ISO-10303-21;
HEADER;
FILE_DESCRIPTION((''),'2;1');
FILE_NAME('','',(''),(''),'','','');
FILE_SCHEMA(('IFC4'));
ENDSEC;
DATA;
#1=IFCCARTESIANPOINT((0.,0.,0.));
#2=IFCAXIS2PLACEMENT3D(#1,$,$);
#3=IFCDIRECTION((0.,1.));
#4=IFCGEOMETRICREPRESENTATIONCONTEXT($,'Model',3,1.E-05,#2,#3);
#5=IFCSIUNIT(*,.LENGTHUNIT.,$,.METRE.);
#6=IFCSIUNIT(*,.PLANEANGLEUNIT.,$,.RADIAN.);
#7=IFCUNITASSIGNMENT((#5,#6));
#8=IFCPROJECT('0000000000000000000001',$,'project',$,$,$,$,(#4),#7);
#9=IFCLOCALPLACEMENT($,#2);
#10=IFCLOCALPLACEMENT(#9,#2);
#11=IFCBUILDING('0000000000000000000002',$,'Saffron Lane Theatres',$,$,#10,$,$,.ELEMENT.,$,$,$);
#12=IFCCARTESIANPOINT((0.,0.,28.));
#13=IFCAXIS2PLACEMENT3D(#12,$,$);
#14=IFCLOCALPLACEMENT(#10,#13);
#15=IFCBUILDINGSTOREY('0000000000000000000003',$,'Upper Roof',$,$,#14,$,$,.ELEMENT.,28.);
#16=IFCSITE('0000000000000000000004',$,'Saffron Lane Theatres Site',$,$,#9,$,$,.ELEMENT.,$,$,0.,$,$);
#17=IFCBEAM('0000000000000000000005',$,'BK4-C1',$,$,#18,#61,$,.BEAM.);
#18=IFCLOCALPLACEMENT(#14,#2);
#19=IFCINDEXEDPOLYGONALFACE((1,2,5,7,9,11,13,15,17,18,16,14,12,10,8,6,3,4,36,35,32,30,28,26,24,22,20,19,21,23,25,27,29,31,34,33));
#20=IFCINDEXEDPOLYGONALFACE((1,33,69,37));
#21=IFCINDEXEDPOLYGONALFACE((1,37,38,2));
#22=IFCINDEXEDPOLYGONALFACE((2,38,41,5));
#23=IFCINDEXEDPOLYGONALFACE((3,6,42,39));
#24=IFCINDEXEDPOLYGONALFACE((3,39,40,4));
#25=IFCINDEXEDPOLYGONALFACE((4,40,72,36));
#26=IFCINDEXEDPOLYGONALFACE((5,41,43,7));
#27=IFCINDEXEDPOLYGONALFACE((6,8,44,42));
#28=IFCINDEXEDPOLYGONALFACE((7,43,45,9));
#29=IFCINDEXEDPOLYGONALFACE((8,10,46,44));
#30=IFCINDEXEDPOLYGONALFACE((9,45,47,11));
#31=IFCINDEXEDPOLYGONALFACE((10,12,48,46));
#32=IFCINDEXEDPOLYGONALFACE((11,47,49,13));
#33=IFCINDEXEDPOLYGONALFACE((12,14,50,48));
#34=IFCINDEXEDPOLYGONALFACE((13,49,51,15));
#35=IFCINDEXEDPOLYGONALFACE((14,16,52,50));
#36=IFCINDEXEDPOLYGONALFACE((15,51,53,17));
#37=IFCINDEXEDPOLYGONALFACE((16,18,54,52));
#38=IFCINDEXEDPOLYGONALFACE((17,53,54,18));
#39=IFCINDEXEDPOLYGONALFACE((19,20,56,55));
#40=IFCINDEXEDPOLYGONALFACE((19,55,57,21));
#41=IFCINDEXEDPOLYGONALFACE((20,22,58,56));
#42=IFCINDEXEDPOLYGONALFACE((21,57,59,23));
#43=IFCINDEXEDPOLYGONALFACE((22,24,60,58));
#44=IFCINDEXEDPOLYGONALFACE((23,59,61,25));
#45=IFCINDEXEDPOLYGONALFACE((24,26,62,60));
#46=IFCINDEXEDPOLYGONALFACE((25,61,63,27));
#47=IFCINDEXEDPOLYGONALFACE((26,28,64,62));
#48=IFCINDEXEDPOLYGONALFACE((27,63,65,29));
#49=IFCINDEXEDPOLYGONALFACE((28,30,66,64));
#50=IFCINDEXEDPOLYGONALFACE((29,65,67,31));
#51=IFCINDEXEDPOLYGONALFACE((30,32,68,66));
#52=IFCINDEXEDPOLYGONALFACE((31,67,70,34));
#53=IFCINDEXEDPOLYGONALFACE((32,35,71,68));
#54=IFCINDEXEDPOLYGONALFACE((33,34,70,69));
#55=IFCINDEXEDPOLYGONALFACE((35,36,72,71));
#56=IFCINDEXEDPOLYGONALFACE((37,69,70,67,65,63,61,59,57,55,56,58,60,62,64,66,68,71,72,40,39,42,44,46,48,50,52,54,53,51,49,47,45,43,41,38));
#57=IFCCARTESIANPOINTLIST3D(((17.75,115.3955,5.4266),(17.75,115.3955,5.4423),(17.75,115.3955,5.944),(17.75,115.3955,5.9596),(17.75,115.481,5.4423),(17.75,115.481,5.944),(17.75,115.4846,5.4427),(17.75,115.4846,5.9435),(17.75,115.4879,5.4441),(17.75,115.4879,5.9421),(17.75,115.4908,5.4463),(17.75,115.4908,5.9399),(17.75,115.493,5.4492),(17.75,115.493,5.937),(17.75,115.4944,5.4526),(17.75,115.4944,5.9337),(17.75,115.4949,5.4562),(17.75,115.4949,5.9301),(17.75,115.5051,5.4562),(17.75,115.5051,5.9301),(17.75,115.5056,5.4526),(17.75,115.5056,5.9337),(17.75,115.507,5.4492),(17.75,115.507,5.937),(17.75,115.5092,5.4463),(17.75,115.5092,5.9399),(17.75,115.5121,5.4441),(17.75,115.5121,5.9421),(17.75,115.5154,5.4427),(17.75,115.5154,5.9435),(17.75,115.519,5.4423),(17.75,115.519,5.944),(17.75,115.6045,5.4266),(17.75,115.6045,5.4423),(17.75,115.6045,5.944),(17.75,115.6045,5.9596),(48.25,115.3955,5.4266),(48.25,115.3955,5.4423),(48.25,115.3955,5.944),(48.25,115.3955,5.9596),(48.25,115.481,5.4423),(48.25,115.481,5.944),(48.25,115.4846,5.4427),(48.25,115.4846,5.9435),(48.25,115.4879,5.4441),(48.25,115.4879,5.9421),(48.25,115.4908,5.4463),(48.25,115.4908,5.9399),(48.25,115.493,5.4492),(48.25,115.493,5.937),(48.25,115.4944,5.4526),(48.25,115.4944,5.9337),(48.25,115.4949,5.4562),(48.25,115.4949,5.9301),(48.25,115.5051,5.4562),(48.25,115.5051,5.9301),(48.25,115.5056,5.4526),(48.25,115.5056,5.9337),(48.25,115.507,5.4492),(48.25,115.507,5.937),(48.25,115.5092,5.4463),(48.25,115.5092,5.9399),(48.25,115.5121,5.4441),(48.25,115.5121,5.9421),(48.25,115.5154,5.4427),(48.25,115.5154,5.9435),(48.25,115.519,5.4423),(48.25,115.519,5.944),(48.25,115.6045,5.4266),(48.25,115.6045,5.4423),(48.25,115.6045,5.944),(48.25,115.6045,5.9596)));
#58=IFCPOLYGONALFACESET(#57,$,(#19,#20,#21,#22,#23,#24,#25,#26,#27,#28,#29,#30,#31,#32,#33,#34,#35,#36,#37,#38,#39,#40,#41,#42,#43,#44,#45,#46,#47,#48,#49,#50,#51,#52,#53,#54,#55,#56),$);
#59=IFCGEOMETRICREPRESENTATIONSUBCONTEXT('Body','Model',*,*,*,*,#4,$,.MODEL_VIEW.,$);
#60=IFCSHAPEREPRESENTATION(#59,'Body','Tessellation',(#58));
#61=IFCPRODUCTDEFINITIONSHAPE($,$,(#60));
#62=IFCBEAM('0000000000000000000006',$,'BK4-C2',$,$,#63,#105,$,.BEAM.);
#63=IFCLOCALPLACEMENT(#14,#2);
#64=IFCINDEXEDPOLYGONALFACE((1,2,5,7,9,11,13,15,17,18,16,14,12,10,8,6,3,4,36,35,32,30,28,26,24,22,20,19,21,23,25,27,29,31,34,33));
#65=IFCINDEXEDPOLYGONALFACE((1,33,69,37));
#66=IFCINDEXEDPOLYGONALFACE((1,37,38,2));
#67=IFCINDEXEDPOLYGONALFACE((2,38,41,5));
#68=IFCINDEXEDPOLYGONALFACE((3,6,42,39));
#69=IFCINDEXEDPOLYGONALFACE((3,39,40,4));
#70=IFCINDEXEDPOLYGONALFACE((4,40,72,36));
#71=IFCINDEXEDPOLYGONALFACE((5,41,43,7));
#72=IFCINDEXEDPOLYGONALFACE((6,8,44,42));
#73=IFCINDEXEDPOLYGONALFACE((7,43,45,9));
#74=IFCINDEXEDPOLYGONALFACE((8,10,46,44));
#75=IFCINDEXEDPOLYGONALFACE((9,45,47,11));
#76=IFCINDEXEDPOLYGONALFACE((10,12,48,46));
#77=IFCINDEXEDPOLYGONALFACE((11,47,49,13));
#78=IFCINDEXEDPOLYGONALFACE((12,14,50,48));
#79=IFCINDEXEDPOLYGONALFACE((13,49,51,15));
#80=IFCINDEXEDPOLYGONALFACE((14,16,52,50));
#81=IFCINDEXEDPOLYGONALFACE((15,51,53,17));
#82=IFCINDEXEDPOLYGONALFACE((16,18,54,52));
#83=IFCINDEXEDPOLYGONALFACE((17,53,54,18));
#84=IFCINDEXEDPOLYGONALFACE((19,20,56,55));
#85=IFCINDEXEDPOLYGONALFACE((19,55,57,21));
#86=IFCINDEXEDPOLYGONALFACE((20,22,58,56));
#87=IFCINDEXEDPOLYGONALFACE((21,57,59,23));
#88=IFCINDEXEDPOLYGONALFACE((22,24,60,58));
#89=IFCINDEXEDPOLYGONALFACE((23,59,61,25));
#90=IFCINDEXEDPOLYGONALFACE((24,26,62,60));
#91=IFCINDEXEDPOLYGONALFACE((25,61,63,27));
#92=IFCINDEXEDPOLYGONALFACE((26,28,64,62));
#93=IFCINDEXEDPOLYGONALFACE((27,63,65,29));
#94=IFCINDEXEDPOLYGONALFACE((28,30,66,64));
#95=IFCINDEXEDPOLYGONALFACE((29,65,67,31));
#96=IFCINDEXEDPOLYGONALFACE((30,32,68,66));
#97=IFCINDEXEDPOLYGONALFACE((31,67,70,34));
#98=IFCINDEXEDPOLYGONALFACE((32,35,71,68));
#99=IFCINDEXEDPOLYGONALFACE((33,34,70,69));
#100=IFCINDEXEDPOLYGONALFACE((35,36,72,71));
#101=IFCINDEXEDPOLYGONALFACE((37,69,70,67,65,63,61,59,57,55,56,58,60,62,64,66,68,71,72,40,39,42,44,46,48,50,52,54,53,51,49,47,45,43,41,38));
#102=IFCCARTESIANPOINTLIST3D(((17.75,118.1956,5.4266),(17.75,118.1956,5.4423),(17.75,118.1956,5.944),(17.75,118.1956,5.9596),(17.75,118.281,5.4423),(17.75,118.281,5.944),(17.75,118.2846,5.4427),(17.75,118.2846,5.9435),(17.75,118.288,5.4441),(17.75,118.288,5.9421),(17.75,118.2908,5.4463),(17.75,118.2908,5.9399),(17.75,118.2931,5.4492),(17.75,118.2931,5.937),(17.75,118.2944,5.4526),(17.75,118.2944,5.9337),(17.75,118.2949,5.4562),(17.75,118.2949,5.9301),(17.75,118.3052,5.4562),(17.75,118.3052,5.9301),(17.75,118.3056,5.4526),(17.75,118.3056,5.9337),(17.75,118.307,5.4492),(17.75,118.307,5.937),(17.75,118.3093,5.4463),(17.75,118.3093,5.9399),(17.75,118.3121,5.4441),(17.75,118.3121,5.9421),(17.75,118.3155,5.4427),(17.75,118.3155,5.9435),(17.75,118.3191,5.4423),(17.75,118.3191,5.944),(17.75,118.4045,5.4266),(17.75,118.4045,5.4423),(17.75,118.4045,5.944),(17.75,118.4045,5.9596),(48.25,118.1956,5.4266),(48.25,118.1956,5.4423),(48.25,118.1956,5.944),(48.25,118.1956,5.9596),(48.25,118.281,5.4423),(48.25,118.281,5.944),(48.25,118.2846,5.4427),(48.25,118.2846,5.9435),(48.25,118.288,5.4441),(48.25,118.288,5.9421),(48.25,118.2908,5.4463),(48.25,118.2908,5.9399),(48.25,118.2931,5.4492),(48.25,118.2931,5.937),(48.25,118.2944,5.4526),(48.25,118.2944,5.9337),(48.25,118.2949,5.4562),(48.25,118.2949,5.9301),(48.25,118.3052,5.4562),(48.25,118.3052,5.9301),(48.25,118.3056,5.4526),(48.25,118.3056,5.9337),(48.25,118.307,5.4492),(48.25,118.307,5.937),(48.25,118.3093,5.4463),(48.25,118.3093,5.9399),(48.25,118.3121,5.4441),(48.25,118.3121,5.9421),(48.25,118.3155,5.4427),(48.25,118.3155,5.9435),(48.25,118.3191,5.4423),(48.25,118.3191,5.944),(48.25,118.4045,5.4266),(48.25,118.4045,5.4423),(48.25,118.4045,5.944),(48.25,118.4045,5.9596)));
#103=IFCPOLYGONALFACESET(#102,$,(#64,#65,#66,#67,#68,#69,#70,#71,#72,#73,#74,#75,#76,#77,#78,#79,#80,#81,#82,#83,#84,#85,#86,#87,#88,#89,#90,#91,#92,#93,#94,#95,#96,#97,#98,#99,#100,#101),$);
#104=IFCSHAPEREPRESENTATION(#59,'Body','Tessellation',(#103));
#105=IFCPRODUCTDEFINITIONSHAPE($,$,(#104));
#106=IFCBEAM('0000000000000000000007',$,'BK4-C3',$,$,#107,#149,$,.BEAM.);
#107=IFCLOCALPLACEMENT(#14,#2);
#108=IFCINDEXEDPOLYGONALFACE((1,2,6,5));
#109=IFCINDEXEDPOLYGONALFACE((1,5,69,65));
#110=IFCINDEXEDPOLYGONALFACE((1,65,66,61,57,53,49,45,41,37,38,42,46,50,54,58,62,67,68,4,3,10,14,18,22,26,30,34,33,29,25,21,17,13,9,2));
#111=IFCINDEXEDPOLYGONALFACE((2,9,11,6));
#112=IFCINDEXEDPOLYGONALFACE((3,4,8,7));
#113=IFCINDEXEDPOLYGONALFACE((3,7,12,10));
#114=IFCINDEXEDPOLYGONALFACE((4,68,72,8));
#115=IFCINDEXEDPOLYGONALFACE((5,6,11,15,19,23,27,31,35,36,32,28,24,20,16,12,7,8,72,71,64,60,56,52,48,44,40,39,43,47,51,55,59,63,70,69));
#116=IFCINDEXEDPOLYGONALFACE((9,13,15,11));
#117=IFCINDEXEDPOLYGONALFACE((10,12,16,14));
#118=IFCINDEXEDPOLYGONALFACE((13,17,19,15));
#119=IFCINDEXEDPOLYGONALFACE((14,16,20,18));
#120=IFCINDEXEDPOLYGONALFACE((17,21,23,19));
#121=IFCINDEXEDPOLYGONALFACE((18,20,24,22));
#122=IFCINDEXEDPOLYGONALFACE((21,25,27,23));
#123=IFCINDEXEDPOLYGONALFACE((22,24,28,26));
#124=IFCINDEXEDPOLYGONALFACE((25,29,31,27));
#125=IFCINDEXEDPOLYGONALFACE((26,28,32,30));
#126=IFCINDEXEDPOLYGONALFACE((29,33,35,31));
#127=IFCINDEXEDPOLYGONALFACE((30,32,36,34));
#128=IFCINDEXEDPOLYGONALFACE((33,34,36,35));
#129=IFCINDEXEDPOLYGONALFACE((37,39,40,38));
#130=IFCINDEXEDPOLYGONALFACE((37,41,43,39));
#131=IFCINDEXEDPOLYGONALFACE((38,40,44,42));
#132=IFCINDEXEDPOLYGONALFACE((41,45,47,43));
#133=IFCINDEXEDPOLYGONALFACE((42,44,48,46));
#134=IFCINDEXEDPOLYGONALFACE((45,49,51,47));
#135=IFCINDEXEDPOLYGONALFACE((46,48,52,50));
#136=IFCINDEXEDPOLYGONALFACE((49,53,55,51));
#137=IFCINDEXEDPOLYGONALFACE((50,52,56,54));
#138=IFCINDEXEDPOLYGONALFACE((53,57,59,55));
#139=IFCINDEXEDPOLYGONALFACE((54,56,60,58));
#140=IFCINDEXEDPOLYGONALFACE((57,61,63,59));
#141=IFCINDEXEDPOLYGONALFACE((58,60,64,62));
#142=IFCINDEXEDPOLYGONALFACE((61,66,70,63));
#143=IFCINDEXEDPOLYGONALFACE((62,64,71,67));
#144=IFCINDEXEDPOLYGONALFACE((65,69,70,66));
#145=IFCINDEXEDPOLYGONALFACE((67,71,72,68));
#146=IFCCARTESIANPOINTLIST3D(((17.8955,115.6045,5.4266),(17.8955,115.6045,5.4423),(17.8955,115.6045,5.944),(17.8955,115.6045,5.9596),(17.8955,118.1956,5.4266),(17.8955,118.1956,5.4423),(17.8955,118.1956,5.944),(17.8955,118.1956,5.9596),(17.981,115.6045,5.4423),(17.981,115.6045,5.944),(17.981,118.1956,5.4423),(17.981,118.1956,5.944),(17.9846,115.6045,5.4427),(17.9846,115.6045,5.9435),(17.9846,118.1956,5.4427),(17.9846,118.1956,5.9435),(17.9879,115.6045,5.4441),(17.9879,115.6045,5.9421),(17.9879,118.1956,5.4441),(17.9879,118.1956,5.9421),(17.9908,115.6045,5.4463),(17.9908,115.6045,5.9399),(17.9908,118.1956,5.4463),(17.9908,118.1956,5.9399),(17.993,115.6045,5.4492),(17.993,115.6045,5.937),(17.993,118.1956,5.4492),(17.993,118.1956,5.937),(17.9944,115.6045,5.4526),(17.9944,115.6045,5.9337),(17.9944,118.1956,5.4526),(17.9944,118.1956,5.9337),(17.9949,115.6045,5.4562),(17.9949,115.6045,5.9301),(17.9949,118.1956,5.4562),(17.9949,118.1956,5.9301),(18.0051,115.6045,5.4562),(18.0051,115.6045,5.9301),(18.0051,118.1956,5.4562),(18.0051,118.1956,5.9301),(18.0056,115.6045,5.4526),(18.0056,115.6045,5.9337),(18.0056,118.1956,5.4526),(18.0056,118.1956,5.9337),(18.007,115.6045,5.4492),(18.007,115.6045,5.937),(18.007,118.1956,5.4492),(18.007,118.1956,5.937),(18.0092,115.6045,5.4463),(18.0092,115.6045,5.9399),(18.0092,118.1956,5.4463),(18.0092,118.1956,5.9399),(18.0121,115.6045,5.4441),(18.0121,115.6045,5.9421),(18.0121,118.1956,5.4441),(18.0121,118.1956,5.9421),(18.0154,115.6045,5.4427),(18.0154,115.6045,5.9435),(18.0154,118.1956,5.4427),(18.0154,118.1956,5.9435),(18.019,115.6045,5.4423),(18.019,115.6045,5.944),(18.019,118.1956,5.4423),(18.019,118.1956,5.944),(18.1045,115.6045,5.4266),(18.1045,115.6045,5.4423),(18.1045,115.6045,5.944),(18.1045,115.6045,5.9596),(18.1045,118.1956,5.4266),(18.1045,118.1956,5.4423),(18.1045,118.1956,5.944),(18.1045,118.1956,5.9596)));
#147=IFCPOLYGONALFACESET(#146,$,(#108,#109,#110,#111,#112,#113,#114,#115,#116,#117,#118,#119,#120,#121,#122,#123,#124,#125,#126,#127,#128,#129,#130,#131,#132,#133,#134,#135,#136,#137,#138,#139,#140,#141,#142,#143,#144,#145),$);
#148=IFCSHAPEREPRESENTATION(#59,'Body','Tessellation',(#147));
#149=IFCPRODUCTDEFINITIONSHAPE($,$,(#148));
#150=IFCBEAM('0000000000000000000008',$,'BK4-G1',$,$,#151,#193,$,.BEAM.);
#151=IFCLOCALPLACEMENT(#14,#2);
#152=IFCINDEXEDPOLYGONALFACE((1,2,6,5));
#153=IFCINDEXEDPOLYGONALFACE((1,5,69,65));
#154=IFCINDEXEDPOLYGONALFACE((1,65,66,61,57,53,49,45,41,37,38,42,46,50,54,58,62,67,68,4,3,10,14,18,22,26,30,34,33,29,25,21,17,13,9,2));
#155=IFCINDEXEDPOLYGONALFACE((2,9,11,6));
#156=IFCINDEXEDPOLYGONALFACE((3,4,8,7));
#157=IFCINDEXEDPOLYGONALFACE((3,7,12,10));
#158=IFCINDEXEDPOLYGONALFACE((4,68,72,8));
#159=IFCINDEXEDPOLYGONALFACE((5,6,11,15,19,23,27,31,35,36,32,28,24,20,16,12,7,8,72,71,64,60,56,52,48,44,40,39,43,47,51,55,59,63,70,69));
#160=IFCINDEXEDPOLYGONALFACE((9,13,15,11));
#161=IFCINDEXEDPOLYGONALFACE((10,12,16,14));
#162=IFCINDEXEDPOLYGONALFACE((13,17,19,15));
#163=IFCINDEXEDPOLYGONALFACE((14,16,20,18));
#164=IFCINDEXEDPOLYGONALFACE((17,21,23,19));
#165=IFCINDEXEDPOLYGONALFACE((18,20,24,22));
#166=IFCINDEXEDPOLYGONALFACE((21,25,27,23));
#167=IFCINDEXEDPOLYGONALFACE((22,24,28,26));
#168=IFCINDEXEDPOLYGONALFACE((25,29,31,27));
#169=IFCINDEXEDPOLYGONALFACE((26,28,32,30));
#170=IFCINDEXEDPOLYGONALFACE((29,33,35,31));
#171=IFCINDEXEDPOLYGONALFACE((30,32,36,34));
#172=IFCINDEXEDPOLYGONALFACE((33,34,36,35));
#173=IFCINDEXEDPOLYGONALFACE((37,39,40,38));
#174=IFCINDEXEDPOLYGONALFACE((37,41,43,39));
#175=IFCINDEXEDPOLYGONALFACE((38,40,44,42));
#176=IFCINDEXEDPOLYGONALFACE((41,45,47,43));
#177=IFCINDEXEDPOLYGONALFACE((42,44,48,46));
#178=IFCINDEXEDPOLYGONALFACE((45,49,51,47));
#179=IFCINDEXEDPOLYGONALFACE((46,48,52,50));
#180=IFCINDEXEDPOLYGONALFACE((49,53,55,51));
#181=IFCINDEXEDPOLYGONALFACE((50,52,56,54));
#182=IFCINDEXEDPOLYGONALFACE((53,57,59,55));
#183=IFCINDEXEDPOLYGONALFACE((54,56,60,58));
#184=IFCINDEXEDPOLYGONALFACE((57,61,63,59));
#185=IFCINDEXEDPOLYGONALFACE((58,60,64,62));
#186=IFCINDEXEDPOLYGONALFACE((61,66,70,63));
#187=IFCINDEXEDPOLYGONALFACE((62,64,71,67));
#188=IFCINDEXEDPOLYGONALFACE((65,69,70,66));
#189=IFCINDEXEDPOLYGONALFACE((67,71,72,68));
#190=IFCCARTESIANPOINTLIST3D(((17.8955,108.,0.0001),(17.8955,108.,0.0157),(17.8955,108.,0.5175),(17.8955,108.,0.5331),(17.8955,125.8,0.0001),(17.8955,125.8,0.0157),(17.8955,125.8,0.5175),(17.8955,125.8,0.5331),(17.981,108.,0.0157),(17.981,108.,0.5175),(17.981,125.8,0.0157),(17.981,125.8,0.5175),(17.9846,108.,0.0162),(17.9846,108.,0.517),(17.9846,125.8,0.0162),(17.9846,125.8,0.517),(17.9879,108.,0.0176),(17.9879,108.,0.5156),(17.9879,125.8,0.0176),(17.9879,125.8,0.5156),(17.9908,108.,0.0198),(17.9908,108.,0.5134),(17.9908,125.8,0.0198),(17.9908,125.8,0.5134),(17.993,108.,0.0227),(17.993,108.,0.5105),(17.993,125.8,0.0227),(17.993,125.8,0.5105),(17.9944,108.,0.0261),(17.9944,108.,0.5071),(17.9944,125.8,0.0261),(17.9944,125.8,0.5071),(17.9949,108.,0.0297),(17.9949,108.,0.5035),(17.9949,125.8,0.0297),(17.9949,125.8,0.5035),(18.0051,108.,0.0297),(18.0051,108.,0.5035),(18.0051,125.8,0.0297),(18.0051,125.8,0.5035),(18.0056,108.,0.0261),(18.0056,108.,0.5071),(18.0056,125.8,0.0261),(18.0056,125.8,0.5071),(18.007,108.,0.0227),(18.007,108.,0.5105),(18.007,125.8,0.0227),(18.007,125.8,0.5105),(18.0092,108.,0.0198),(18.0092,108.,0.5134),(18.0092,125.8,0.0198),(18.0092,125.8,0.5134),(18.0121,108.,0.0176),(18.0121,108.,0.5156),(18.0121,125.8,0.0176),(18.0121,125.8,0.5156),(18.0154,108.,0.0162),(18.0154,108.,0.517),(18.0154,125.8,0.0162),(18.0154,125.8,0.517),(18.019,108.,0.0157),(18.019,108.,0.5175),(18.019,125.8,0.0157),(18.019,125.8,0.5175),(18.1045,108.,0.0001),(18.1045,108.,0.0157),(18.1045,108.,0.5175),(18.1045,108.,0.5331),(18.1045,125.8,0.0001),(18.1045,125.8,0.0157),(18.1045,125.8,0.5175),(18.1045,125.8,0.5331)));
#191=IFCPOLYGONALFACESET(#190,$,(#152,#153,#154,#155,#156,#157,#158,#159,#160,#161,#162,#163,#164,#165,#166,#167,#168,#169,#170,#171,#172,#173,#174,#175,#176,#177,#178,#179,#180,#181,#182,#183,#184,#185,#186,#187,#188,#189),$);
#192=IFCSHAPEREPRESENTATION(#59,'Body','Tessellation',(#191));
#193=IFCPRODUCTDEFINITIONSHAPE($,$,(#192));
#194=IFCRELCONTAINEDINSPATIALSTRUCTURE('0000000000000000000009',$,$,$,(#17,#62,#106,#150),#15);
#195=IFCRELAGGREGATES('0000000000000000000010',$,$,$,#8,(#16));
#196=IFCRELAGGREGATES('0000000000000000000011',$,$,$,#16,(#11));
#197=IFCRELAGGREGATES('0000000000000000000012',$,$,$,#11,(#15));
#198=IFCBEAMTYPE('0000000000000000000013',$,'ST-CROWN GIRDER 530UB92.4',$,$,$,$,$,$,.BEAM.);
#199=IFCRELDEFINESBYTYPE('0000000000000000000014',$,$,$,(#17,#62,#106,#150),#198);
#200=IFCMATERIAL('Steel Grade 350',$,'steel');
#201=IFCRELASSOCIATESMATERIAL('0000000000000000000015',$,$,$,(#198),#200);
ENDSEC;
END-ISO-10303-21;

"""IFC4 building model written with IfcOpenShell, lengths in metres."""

from ifc_helpers import new_model, si_unit, direction, frame, origin, origin_2d, place, context, subcontext, project, spatial, i_section, extrude, material, material_profile, profile_set, type_object, element, save


model = new_model("IFC4")

# Units and contexts
model_context = context("Model", 3, precision=1e-05, world=origin(), true_north=direction((0.0, 1.0)))
body_context = subcontext(model_context, "Body", "Model", "MODEL_VIEW")
ifc_project = project(units=[si_unit("LENGTHUNIT", "METRE"), si_unit("PLANEANGLEUNIT", "RADIAN")], contexts=[model_context])

# Site, building, storey
site_placement = place(None, origin())
site = spatial("IfcSite", under=ifc_project, at=site_placement, Name="Saffron Lane Theatres Site", CompositionType="ELEMENT", RefElevation=0.0)
building_placement = place(site_placement, origin())
building = spatial("IfcBuilding", under=site, at=building_placement, Name="Saffron Lane Theatres", CompositionType="ELEMENT")
storey_placement = place(building_placement, frame((0.0, 0.0, 28.0)))
storey = spatial("IfcBuildingStorey", under=building, at=storey_placement, Name="Upper Roof", CompositionType="ELEMENT", Elevation=28.0)

# Beams
ifc_material_1 = material(Name="Steel Grade 350", Category="steel")
ifc_material_profile_1 = material_profile(ifc_material_1, i_section(OverallWidth=0.209, OverallDepth=0.533, WebThickness=0.0103, FlangeThickness=0.0156, FilletRadius=0.0139, at=origin_2d()))
ifc_profile_set_1 = profile_set([ifc_material_profile_1], Name="Steel Grade 350")
beam_type = type_object("IfcBeamType", Name="ST-CROWN GIRDER 530UB92.4", PredefinedType="BEAM", material=ifc_profile_set_1)
for number, where, z_axis, x_axis, name in (
    (1, (17.75, 115.5, 5.6931), (1.0, 0.0, 0.0), (0.0, 1.0, 0.0), "BK4-C1"),
    (2, (17.75, 118.3, 5.6931), (1.0, 0.0, 0.0), (0.0, 1.0, 0.0), "BK4-C2"),
):
    element("IfcBeam", number, at=place(storey_placement, frame(where, z_axis=z_axis, x_axis=x_axis)), inside=storey, type_object=beam_type, Name=name, PredefinedType="BEAM", context=body_context, shape_type="SweptSolid", body=[
        extrude(i_section(OverallWidth=0.209, OverallDepth=0.533, WebThickness=0.0103, FlangeThickness=0.0156, FilletRadius=0.0139, at=origin_2d()), origin(), (0.0, 0.0, 1.0), 30.5),
    ])
beam_1_placement = place(storey_placement, frame((18.0, 115.6045, 5.6931), z_axis=(0.0, 1.0, 0.0), x_axis=(-1.0, 0.0, 0.0)))
element("IfcBeam", 3, at=beam_1_placement, inside=storey, type_object=beam_type, Name="BK4-C3", PredefinedType="BEAM", context=body_context, shape_type="SweptSolid", body=[
    extrude(i_section(OverallWidth=0.209, OverallDepth=0.533, WebThickness=0.0103, FlangeThickness=0.0156, FilletRadius=0.0139, at=origin_2d()), origin(), (0.0, 0.0, 1.0), 2.5911),
])
beam_2_placement = place(storey_placement, frame((18.0, 108.0, 0.2666), z_axis=(0.0, 1.0, 0.0), x_axis=(-1.0, 0.0, 0.0)))
element("IfcBeam", 4, at=beam_2_placement, inside=storey, type_object=beam_type, Name="BK4-G1", PredefinedType="BEAM", context=body_context, shape_type="SweptSolid", body=[
    extrude(i_section(OverallWidth=0.209, OverallDepth=0.533, WebThickness=0.0103, FlangeThickness=0.0156, FilletRadius=0.0139, at=origin_2d()), origin(), (0.0, 0.0, 1.0), 17.8),
])

save(model, "model.ifc")
